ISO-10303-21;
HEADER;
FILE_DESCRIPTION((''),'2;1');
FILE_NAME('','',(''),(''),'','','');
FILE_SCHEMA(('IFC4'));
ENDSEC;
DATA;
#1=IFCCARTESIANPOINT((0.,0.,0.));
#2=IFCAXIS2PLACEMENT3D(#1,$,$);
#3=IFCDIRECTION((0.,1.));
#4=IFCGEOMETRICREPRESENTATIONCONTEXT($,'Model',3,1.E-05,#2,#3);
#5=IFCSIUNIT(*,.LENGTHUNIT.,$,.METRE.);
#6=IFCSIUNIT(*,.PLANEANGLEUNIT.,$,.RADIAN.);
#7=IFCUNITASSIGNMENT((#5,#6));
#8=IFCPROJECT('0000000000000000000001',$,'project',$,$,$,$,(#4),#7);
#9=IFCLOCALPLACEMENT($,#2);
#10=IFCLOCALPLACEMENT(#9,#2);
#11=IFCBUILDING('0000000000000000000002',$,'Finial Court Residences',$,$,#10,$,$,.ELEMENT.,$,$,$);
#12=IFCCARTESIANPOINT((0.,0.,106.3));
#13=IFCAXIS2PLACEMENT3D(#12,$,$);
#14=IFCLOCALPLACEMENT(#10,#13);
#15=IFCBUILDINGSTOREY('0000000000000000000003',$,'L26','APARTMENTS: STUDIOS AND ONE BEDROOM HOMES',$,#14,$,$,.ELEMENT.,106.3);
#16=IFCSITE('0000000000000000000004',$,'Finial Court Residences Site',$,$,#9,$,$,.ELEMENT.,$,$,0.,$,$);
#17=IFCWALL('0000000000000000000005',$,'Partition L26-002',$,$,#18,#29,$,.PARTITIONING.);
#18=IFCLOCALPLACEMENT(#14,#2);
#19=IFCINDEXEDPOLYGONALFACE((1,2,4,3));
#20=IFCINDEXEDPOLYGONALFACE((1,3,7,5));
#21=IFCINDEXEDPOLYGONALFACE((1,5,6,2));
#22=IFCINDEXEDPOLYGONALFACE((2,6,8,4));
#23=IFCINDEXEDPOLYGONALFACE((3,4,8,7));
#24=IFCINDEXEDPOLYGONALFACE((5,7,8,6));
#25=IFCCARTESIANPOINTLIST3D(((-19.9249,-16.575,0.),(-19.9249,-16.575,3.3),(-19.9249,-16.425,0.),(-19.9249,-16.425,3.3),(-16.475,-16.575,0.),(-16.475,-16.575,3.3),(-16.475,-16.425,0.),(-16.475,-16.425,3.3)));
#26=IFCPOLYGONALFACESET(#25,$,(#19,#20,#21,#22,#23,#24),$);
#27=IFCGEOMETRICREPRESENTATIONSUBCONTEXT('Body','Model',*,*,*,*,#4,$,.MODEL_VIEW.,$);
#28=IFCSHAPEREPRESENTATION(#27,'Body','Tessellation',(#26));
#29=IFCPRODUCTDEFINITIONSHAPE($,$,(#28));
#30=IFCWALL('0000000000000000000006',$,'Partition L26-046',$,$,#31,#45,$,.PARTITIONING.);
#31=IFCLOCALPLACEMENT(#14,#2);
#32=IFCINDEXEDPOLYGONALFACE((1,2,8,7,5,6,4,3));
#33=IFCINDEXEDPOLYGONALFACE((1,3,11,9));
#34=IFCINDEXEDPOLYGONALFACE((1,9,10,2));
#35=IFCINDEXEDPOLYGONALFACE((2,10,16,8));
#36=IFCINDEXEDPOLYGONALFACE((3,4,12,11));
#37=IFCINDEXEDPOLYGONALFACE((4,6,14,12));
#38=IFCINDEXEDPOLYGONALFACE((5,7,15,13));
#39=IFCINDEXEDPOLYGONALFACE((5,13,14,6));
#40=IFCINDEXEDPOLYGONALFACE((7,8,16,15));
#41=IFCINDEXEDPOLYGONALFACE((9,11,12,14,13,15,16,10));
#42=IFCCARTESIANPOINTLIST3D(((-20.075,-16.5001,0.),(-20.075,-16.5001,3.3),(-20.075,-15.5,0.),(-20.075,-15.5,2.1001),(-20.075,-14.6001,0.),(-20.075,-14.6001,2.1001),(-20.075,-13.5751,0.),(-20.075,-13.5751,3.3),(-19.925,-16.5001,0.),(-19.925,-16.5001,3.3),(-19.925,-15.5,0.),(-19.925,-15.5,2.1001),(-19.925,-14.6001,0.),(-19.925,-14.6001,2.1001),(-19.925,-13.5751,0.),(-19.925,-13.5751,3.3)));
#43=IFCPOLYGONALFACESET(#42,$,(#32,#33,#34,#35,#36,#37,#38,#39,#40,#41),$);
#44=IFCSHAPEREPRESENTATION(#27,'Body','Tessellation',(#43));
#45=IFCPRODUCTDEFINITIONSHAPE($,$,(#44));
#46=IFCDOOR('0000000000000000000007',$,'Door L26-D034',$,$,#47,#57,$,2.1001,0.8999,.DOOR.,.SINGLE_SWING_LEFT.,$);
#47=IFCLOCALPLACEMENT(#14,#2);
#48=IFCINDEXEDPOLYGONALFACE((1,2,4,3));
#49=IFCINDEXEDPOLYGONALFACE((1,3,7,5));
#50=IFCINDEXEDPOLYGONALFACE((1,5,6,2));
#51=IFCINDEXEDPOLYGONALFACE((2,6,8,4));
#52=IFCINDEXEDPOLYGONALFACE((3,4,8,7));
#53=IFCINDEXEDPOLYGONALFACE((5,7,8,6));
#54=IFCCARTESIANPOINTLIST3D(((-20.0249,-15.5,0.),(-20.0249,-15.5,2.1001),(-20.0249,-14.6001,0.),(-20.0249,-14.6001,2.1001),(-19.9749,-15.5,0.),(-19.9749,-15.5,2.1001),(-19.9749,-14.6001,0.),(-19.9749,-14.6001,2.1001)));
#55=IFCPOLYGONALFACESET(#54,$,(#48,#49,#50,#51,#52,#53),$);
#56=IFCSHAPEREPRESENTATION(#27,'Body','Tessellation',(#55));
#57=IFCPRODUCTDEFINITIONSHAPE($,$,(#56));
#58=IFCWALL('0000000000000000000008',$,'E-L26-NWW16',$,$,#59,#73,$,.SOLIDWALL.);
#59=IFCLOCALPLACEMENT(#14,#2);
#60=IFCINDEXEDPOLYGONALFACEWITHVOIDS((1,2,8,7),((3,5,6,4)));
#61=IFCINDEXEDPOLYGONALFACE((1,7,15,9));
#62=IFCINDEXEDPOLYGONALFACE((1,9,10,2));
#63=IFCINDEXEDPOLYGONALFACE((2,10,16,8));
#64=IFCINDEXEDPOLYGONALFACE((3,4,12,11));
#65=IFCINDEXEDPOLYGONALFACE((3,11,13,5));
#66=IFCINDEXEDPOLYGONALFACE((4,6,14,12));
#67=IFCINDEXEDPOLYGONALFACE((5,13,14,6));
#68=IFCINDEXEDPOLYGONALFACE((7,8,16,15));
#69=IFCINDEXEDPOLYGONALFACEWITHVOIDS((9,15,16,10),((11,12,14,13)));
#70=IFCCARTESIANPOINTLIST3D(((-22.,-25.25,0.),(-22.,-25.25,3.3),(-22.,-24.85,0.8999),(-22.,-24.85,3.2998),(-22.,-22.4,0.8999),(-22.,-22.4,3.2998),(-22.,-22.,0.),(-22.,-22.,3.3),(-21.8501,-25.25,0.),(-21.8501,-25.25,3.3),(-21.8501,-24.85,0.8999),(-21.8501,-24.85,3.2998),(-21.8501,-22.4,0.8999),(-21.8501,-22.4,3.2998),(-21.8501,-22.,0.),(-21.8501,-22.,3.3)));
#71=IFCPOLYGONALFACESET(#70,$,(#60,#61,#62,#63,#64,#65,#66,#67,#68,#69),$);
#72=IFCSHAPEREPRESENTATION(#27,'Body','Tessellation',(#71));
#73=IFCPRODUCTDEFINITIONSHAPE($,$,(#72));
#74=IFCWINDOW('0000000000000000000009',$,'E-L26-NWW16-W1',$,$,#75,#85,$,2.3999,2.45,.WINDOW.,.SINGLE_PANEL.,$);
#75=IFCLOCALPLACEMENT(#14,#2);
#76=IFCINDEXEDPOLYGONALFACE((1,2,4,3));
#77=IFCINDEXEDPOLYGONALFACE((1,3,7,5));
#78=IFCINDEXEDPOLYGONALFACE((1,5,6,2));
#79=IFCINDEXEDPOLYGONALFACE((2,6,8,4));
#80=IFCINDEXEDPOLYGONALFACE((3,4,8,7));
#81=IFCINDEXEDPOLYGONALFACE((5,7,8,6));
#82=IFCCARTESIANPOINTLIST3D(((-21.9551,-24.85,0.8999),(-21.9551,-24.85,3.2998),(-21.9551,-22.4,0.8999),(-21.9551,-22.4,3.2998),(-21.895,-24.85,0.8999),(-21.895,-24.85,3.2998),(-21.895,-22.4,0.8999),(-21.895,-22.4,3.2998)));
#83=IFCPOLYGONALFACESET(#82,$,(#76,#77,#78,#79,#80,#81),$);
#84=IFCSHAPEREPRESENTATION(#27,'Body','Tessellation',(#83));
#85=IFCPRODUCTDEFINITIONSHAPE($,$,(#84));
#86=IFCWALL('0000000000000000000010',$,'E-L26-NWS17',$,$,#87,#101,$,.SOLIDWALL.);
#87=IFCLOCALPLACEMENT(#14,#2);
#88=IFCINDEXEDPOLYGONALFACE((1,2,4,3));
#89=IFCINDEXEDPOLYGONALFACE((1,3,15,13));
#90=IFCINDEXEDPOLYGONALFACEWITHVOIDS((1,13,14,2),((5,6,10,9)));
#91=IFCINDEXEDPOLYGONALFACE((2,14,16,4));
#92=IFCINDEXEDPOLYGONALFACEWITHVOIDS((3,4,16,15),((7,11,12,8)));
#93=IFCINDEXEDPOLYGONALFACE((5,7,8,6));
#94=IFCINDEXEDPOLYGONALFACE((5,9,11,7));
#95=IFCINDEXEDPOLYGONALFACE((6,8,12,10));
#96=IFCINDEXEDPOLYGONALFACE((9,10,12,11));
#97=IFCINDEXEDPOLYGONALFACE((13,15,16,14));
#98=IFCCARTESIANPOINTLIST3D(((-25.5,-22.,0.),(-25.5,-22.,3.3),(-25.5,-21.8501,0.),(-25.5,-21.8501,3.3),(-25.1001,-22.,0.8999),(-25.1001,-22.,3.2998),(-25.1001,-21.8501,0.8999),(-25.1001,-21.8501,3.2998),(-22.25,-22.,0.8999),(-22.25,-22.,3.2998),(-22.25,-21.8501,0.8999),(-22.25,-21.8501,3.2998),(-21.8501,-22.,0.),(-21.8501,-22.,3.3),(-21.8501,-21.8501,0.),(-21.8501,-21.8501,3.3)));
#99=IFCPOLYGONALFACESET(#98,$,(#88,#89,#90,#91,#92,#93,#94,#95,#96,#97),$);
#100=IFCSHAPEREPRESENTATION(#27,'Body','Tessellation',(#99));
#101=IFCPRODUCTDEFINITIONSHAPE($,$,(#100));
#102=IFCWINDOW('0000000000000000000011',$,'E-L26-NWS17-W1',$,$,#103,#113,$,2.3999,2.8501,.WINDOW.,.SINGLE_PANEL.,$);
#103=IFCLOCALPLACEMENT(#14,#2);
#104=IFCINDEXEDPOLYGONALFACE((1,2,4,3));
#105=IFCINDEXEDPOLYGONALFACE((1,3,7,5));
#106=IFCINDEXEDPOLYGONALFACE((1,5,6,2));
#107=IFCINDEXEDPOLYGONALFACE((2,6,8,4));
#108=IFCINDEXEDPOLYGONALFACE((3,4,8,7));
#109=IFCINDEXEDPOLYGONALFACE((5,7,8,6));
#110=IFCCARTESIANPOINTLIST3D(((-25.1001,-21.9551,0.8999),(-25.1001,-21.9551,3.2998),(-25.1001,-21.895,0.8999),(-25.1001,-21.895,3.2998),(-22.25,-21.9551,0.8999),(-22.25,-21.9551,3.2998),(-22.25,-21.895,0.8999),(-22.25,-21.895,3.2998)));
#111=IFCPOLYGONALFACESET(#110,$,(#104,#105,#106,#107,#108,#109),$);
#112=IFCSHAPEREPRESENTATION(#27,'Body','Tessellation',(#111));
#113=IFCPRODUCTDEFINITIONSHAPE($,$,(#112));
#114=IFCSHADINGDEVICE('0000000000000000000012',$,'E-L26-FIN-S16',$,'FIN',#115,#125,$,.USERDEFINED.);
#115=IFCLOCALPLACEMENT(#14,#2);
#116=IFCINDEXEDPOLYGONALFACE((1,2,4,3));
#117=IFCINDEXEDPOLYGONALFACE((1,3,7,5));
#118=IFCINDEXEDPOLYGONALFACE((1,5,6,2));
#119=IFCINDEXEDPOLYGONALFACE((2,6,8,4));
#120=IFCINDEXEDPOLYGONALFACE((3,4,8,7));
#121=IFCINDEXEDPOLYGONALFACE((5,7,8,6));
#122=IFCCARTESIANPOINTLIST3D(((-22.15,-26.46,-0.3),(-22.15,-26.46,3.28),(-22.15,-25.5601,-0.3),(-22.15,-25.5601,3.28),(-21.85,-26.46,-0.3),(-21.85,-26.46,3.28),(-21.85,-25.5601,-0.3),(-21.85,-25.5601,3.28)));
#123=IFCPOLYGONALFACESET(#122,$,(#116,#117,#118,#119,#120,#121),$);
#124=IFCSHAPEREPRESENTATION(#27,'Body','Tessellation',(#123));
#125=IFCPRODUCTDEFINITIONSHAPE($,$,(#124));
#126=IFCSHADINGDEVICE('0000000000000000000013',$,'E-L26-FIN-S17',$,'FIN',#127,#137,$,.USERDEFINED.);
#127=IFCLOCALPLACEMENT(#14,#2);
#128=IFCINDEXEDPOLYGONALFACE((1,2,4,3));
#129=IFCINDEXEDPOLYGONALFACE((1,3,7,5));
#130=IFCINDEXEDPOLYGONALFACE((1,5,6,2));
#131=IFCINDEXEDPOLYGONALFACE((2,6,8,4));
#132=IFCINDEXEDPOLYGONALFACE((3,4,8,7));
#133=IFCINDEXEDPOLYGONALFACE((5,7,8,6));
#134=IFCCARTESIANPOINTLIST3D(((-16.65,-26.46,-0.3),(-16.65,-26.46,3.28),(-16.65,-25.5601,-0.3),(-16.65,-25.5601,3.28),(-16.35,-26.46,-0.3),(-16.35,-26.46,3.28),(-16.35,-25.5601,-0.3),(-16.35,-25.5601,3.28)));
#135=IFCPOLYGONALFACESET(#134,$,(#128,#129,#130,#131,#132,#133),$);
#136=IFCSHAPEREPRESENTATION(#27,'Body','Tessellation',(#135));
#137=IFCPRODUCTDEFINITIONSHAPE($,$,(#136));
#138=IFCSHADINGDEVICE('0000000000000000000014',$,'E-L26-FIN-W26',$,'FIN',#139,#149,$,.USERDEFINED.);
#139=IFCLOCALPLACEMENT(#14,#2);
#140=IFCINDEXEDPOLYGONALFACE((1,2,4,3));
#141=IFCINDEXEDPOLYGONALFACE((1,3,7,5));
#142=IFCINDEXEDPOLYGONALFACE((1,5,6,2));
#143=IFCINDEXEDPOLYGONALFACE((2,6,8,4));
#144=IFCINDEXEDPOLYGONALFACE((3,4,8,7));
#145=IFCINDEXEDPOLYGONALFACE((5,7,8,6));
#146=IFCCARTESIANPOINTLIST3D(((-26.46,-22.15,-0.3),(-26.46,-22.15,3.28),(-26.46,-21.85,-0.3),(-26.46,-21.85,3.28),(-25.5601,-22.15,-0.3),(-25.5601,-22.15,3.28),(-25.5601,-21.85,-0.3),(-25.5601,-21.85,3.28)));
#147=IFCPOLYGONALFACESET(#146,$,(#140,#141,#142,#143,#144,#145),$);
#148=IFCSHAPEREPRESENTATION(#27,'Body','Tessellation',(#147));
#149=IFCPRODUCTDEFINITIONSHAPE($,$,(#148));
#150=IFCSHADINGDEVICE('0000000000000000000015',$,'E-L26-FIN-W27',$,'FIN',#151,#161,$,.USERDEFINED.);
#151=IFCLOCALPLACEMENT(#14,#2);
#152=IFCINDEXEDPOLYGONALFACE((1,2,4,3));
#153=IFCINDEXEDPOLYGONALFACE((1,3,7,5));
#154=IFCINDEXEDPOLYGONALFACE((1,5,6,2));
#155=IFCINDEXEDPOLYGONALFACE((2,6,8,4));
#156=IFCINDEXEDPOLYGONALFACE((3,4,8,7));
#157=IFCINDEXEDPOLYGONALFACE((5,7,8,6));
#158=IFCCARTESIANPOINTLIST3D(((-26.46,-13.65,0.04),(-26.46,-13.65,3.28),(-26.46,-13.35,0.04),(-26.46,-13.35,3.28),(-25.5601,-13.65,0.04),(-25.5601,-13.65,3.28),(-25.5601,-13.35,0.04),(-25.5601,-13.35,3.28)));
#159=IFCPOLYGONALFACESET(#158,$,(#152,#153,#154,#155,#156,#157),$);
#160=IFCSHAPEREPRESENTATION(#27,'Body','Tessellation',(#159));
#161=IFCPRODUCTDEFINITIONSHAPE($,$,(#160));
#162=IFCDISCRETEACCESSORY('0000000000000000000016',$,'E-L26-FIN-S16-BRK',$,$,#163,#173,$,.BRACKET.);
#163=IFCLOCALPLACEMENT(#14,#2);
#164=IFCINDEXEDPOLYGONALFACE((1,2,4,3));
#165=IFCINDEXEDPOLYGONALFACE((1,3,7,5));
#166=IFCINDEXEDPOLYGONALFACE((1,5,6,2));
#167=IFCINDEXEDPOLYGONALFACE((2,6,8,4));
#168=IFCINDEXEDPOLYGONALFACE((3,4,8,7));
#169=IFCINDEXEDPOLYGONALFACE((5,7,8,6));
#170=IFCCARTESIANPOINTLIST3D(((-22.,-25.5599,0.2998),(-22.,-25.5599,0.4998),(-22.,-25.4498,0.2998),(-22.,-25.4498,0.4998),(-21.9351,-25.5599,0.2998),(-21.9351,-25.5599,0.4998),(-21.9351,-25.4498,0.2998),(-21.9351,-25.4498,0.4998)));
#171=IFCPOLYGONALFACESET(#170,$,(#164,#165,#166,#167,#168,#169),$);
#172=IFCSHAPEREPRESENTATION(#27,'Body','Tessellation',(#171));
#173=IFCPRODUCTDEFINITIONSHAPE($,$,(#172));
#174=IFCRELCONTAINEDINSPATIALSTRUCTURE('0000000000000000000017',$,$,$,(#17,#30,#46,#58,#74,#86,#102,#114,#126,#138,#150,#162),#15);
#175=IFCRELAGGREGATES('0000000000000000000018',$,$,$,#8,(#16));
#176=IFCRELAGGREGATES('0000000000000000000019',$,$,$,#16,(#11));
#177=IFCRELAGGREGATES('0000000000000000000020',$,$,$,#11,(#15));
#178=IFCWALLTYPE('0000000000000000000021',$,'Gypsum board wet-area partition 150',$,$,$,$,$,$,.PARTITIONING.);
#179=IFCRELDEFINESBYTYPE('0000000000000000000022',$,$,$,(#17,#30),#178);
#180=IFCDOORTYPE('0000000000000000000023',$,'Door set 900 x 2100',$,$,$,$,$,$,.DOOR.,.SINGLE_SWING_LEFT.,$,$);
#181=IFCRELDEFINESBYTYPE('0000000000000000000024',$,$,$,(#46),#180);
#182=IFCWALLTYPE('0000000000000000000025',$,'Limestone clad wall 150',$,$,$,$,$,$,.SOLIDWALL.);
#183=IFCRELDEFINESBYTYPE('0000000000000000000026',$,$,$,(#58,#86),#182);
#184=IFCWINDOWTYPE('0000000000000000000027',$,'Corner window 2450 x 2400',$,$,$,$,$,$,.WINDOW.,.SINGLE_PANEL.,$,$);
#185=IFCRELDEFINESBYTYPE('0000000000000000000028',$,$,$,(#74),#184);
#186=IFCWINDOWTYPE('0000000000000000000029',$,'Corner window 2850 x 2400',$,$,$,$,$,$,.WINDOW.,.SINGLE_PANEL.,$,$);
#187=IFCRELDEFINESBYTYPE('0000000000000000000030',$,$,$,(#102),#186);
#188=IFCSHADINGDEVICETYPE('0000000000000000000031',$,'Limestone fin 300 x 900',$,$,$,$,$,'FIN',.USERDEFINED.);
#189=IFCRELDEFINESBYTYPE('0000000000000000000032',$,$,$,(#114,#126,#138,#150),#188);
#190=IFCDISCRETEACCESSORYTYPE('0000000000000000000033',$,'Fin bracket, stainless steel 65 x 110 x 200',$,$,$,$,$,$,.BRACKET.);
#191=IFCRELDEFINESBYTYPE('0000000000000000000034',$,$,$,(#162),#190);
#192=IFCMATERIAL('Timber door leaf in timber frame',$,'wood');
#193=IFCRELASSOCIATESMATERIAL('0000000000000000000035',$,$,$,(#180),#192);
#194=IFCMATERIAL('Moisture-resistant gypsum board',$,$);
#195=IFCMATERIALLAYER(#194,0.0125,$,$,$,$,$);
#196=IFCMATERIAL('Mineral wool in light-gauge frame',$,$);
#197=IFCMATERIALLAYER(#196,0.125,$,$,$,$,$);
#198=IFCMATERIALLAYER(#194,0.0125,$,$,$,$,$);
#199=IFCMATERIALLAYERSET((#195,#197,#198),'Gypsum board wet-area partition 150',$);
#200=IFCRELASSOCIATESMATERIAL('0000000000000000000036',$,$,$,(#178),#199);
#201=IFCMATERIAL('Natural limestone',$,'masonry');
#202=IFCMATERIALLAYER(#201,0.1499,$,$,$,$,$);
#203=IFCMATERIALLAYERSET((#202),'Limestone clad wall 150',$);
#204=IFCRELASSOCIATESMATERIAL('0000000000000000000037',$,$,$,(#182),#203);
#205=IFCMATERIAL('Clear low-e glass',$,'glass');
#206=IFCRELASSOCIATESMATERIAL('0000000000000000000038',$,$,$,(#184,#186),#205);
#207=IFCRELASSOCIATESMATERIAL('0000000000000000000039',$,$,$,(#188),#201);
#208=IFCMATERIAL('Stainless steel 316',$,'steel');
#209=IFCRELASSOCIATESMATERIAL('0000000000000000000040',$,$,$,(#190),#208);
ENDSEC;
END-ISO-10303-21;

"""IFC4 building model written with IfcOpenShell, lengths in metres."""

from ifc_helpers import new_model, si_unit, direction, frame, frame_2d, origin, origin_2d, place, context, subcontext, project, spatial, rectangle, extrude, material, layer, layer_set, type_object, element, fill, save


model = new_model("IFC4")

# Units and contexts
model_context = context("Model", 3, precision=1e-05, world=origin(), true_north=direction((0.0, 1.0)))
body_context = subcontext(model_context, "Body", "Model", "MODEL_VIEW")
ifc_project = project(units=[si_unit("LENGTHUNIT", "METRE"), si_unit("PLANEANGLEUNIT", "RADIAN")], contexts=[model_context])

# Site, building, storey
site_placement = place(None, origin())
site = spatial("IfcSite", under=ifc_project, at=site_placement, Name="Finial Court Residences Site", CompositionType="ELEMENT", RefElevation=0.0)
building_placement = place(site_placement, origin())
building = spatial("IfcBuilding", under=site, at=building_placement, Name="Finial Court Residences", CompositionType="ELEMENT")
storey_placement = place(building_placement, frame((0.0, 0.0, 106.3)))
storey = spatial("IfcBuildingStorey", under=building, at=storey_placement, Name="L26", Description="APARTMENTS: STUDIOS AND ONE BEDROOM HOMES", CompositionType="ELEMENT", Elevation=106.3)

# Shared definitions
ifc_material_1 = material(Name="Clear low-e glass", Category="glass")

# Shared definitions
ifc_material_2 = material(Name="Mineral wool in light-gauge frame")
ifc_material_3 = material(Name="Timber door leaf in timber frame", Category="wood")
door_type = type_object("IfcDoorType", Name="Door set 900 x 2100", OperationType="SINGLE_SWING_LEFT", PredefinedType="DOOR", material=ifc_material_3)

# Wall
ifc_material_4 = material(Name="Moisture-resistant gypsum board")
ifc_layer_1 = layer(ifc_material_4, 0.0125)
ifc_layer_2 = layer(ifc_material_2, 0.125)
ifc_layer_3 = layer(ifc_material_4, 0.0125)
ifc_layer_set_1 = layer_set([ifc_layer_1, ifc_layer_2, ifc_layer_3], Name="Gypsum board wet-area partition 150")
wall_type_1 = type_object("IfcWallType", Name="Gypsum board wet-area partition 150", PredefinedType="PARTITIONING", material=ifc_layer_set_1)
wall_1_placement = place(storey_placement, frame((-19.925, -16.5, 0.0), z_axis=(0.0, 0.0, 1.0), x_axis=(1.0, 0.0, 0.0)))
element("IfcWall", 1, at=wall_1_placement, inside=storey, type_object=wall_type_1, Name="Partition L26-002", PredefinedType="PARTITIONING", context=body_context, shape_type="SweptSolid", body=[
    extrude(rectangle(XDim=3.45, YDim=0.1499, at=frame_2d((1.7251, 0.0))), origin(), (0.0, 0.0, 1.0), 3.3),
])

# Wall, opening, door
wall_2_placement = place(storey_placement, frame((-20.0, -16.5, 0.0), z_axis=(0.0, 0.0, 1.0), x_axis=(0.0, 1.0, 0.0)))
wall_2 = element("IfcWall", 2, at=wall_2_placement, inside=storey, type_object=wall_type_1, Name="Partition L26-046", PredefinedType="PARTITIONING", context=body_context, shape_type="SweptSolid", body=[
    extrude(rectangle(XDim=2.925, YDim=0.1499, at=frame_2d((1.4624, 0.0))), origin(), (0.0, 0.0, 1.0), 3.3),
])
opening_1_placement = place(wall_2_placement, frame((1.0, 0.0, 0.0)))
opening_1 = element("IfcOpeningElement", 3, at=opening_1_placement, cuts=wall_2, PredefinedType="OPENING", context=body_context, shape_type="SweptSolid", body=[
    extrude(rectangle(XDim=0.8999, YDim=2.1001, at=frame_2d((0.45, 1.05))), frame((0.0, 0.085, 0.0), z_axis=(0.0, -1.0, 0.0), x_axis=(1.0, 0.0, 0.0)), (0.0, 0.0, 1.0), 0.1699),
])
door_1_placement = place(opening_1_placement, origin())
door_1 = element("IfcDoor", 4, at=door_1_placement, inside=storey, type_object=door_type, Name="Door L26-D034", OperationType="SINGLE_SWING_LEFT", OverallHeight=2.1001, OverallWidth=0.8999, PredefinedType="DOOR", context=body_context, shape_type="SweptSolid", body=[
    extrude(rectangle(XDim=0.8999, YDim=2.1001, at=frame_2d((0.45, 1.05))), frame((0.0, 0.0249, 0.0), z_axis=(0.0, -1.0, 0.0), x_axis=(1.0, 0.0, 0.0)), (0.0, 0.0, 1.0), 0.05),
])
fill(opening_1, door_1)

# Walls, openings, windows
ifc_material_5 = material(Name="Natural limestone", Category="masonry")
ifc_layer_4 = layer(ifc_material_5, 0.1499)
ifc_layer_set_2 = layer_set([ifc_layer_4], Name="Limestone clad wall 150")
wall_type_2 = type_object("IfcWallType", Name="Limestone clad wall 150", PredefinedType="SOLIDWALL", material=ifc_layer_set_2)
wall_3_placement = place(storey_placement, frame((-21.925, -25.25, 0.0), z_axis=(0.0, 0.0, 1.0), x_axis=(0.0, 1.0, 0.0)))
wall_3 = element("IfcWall", 5, at=wall_3_placement, inside=storey, type_object=wall_type_2, Name="E-L26-NWW16", PredefinedType="SOLIDWALL", context=body_context, shape_type="SweptSolid", body=[
    extrude(rectangle(XDim=3.25, YDim=0.1499, at=frame_2d((1.625, 0.0))), origin(), (0.0, 0.0, 1.0), 3.3),
])
opening_2_placement = place(wall_3_placement, frame((0.3999, 0.0, 0.8999)))
opening_2 = element("IfcOpeningElement", 6, at=opening_2_placement, cuts=wall_3, PredefinedType="OPENING", context=body_context, shape_type="SweptSolid", body=[
    extrude(rectangle(XDim=2.45, YDim=2.3999, at=frame_2d((1.2251, 1.2))), frame((0.0, 0.085, 0.0), z_axis=(0.0, -1.0, 0.0), x_axis=(1.0, 0.0, 0.0)), (0.0, 0.0, 1.0), 0.1699),
])
window_type_1 = type_object("IfcWindowType", Name="Corner window 2450 x 2400", PartitioningType="SINGLE_PANEL", PredefinedType="WINDOW", material=ifc_material_1)
window_1_placement = place(opening_2_placement, origin())
window_1 = element("IfcWindow", 7, at=window_1_placement, inside=storey, type_object=window_type_1, Name="E-L26-NWW16-W1", OverallHeight=2.3999, OverallWidth=2.45, PartitioningType="SINGLE_PANEL", PredefinedType="WINDOW", context=body_context, shape_type="SweptSolid", body=[
    extrude(rectangle(XDim=2.45, YDim=2.3999, at=frame_2d((1.2251, 1.2))), frame((0.0, 0.03, 0.0), z_axis=(0.0, -1.0, 0.0), x_axis=(1.0, 0.0, 0.0)), (0.0, 0.0, 1.0), 0.0601),
])
fill(opening_2, window_1)
wall_4_placement = place(storey_placement, frame((-21.8501, -21.925, 0.0), z_axis=(0.0, 0.0, 1.0), x_axis=(-1.0, 0.0, 0.0)))
wall_4 = element("IfcWall", 8, at=wall_4_placement, inside=storey, type_object=wall_type_2, Name="E-L26-NWS17", PredefinedType="SOLIDWALL", context=body_context, shape_type="SweptSolid", body=[
    extrude(rectangle(XDim=3.6499, YDim=0.1499, at=frame_2d((1.825, 0.0))), origin(), (0.0, 0.0, 1.0), 3.3),
])
opening_3_placement = place(wall_4_placement, frame((0.3999, 0.0, 0.8999)))
opening_3 = element("IfcOpeningElement", 9, at=opening_3_placement, cuts=wall_4, PredefinedType="OPENING", context=body_context, shape_type="SweptSolid", body=[
    extrude(rectangle(XDim=2.8501, YDim=2.3999, at=frame_2d((1.425, 1.2))), frame((0.0, 0.085, 0.0), z_axis=(0.0, -1.0, 0.0), x_axis=(1.0, 0.0, 0.0)), (0.0, 0.0, 1.0), 0.1699),
])
window_type_2 = type_object("IfcWindowType", Name="Corner window 2850 x 2400", PartitioningType="SINGLE_PANEL", PredefinedType="WINDOW", material=ifc_material_1)
window_2_placement = place(opening_3_placement, origin())
window_2 = element("IfcWindow", 10, at=window_2_placement, inside=storey, type_object=window_type_2, Name="E-L26-NWS17-W1", OverallHeight=2.3999, OverallWidth=2.8501, PartitioningType="SINGLE_PANEL", PredefinedType="WINDOW", context=body_context, shape_type="SweptSolid", body=[
    extrude(rectangle(XDim=2.8501, YDim=2.3999, at=frame_2d((1.425, 1.2))), frame((0.0, 0.03, 0.0), z_axis=(0.0, -1.0, 0.0), x_axis=(1.0, 0.0, 0.0)), (0.0, 0.0, 1.0), 0.0601),
])
fill(opening_3, window_2)

# Shading devices
shading_device_type = type_object("IfcShadingDeviceType", Name="Limestone fin 300 x 900", ElementType="FIN", PredefinedType="USERDEFINED", material=ifc_material_5)
for number, where, z_axis, x_axis, name in (
    (11, (-22.0, -26.01, -0.3), (0.0, 0.0, 1.0), (1.0, 0.0, 0.0), "E-L26-FIN-S16"),
    (12, (-16.5, -26.01, -0.3), (0.0, 0.0, 1.0), (1.0, 0.0, 0.0), "E-L26-FIN-S17"),
):
    element("IfcShadingDevice", number, at=place(storey_placement, frame(where, z_axis=z_axis, x_axis=x_axis)), inside=storey, type_object=shading_device_type, Name=name, ObjectType="FIN", PredefinedType="USERDEFINED", context=body_context, shape_type="SweptSolid", body=[
        extrude(rectangle(XDim=0.3, YDim=0.8999, at=origin_2d()), origin(), (0.0, 0.0, 1.0), 3.5801),
    ])
shading_device_1_placement = place(storey_placement, frame((-26.01, -22.0, -0.3), z_axis=(0.0, 0.0, 1.0), x_axis=(1.0, 0.0, 0.0)))
element("IfcShadingDevice", 13, at=shading_device_1_placement, inside=storey, type_object=shading_device_type, Name="E-L26-FIN-W26", ObjectType="FIN", PredefinedType="USERDEFINED", context=body_context, shape_type="SweptSolid", body=[
    extrude(rectangle(XDim=0.8999, YDim=0.3, at=origin_2d()), origin(), (0.0, 0.0, 1.0), 3.5801),
])
shading_device_2_placement = place(storey_placement, frame((-26.01, -13.5, 0.04), z_axis=(0.0, 0.0, 1.0), x_axis=(1.0, 0.0, 0.0)))
element("IfcShadingDevice", 14, at=shading_device_2_placement, inside=storey, type_object=shading_device_type, Name="E-L26-FIN-W27", ObjectType="FIN", PredefinedType="USERDEFINED", context=body_context, shape_type="SweptSolid", body=[
    extrude(rectangle(XDim=0.8999, YDim=0.3, at=origin_2d()), origin(), (0.0, 0.0, 1.0), 3.24),
])

# Discrete accessory
ifc_material_6 = material(Name="Stainless steel 316", Category="steel")
discrete_accessory_type = type_object("IfcDiscreteAccessoryType", Name="Fin bracket, stainless steel 65 x 110 x 200", PredefinedType="BRACKET", material=ifc_material_6)
for number, where, z_axis, x_axis, name in (
    (15, (-21.9675, -25.5049, 0.2998), (0.0, 0.0, 1.0), (1.0, 0.0, 0.0), "E-L26-FIN-S16-BRK"),
):
    element("IfcDiscreteAccessory", number, at=place(storey_placement, frame(where, z_axis=z_axis, x_axis=x_axis)), inside=storey, type_object=discrete_accessory_type, Name=name, PredefinedType="BRACKET", context=body_context, shape_type="SweptSolid", body=[
        extrude(rectangle(XDim=0.0649, YDim=0.1101, at=origin_2d()), origin(), (0.0, 0.0, 1.0), 0.2),
    ])

save(model, "model.ifc")
